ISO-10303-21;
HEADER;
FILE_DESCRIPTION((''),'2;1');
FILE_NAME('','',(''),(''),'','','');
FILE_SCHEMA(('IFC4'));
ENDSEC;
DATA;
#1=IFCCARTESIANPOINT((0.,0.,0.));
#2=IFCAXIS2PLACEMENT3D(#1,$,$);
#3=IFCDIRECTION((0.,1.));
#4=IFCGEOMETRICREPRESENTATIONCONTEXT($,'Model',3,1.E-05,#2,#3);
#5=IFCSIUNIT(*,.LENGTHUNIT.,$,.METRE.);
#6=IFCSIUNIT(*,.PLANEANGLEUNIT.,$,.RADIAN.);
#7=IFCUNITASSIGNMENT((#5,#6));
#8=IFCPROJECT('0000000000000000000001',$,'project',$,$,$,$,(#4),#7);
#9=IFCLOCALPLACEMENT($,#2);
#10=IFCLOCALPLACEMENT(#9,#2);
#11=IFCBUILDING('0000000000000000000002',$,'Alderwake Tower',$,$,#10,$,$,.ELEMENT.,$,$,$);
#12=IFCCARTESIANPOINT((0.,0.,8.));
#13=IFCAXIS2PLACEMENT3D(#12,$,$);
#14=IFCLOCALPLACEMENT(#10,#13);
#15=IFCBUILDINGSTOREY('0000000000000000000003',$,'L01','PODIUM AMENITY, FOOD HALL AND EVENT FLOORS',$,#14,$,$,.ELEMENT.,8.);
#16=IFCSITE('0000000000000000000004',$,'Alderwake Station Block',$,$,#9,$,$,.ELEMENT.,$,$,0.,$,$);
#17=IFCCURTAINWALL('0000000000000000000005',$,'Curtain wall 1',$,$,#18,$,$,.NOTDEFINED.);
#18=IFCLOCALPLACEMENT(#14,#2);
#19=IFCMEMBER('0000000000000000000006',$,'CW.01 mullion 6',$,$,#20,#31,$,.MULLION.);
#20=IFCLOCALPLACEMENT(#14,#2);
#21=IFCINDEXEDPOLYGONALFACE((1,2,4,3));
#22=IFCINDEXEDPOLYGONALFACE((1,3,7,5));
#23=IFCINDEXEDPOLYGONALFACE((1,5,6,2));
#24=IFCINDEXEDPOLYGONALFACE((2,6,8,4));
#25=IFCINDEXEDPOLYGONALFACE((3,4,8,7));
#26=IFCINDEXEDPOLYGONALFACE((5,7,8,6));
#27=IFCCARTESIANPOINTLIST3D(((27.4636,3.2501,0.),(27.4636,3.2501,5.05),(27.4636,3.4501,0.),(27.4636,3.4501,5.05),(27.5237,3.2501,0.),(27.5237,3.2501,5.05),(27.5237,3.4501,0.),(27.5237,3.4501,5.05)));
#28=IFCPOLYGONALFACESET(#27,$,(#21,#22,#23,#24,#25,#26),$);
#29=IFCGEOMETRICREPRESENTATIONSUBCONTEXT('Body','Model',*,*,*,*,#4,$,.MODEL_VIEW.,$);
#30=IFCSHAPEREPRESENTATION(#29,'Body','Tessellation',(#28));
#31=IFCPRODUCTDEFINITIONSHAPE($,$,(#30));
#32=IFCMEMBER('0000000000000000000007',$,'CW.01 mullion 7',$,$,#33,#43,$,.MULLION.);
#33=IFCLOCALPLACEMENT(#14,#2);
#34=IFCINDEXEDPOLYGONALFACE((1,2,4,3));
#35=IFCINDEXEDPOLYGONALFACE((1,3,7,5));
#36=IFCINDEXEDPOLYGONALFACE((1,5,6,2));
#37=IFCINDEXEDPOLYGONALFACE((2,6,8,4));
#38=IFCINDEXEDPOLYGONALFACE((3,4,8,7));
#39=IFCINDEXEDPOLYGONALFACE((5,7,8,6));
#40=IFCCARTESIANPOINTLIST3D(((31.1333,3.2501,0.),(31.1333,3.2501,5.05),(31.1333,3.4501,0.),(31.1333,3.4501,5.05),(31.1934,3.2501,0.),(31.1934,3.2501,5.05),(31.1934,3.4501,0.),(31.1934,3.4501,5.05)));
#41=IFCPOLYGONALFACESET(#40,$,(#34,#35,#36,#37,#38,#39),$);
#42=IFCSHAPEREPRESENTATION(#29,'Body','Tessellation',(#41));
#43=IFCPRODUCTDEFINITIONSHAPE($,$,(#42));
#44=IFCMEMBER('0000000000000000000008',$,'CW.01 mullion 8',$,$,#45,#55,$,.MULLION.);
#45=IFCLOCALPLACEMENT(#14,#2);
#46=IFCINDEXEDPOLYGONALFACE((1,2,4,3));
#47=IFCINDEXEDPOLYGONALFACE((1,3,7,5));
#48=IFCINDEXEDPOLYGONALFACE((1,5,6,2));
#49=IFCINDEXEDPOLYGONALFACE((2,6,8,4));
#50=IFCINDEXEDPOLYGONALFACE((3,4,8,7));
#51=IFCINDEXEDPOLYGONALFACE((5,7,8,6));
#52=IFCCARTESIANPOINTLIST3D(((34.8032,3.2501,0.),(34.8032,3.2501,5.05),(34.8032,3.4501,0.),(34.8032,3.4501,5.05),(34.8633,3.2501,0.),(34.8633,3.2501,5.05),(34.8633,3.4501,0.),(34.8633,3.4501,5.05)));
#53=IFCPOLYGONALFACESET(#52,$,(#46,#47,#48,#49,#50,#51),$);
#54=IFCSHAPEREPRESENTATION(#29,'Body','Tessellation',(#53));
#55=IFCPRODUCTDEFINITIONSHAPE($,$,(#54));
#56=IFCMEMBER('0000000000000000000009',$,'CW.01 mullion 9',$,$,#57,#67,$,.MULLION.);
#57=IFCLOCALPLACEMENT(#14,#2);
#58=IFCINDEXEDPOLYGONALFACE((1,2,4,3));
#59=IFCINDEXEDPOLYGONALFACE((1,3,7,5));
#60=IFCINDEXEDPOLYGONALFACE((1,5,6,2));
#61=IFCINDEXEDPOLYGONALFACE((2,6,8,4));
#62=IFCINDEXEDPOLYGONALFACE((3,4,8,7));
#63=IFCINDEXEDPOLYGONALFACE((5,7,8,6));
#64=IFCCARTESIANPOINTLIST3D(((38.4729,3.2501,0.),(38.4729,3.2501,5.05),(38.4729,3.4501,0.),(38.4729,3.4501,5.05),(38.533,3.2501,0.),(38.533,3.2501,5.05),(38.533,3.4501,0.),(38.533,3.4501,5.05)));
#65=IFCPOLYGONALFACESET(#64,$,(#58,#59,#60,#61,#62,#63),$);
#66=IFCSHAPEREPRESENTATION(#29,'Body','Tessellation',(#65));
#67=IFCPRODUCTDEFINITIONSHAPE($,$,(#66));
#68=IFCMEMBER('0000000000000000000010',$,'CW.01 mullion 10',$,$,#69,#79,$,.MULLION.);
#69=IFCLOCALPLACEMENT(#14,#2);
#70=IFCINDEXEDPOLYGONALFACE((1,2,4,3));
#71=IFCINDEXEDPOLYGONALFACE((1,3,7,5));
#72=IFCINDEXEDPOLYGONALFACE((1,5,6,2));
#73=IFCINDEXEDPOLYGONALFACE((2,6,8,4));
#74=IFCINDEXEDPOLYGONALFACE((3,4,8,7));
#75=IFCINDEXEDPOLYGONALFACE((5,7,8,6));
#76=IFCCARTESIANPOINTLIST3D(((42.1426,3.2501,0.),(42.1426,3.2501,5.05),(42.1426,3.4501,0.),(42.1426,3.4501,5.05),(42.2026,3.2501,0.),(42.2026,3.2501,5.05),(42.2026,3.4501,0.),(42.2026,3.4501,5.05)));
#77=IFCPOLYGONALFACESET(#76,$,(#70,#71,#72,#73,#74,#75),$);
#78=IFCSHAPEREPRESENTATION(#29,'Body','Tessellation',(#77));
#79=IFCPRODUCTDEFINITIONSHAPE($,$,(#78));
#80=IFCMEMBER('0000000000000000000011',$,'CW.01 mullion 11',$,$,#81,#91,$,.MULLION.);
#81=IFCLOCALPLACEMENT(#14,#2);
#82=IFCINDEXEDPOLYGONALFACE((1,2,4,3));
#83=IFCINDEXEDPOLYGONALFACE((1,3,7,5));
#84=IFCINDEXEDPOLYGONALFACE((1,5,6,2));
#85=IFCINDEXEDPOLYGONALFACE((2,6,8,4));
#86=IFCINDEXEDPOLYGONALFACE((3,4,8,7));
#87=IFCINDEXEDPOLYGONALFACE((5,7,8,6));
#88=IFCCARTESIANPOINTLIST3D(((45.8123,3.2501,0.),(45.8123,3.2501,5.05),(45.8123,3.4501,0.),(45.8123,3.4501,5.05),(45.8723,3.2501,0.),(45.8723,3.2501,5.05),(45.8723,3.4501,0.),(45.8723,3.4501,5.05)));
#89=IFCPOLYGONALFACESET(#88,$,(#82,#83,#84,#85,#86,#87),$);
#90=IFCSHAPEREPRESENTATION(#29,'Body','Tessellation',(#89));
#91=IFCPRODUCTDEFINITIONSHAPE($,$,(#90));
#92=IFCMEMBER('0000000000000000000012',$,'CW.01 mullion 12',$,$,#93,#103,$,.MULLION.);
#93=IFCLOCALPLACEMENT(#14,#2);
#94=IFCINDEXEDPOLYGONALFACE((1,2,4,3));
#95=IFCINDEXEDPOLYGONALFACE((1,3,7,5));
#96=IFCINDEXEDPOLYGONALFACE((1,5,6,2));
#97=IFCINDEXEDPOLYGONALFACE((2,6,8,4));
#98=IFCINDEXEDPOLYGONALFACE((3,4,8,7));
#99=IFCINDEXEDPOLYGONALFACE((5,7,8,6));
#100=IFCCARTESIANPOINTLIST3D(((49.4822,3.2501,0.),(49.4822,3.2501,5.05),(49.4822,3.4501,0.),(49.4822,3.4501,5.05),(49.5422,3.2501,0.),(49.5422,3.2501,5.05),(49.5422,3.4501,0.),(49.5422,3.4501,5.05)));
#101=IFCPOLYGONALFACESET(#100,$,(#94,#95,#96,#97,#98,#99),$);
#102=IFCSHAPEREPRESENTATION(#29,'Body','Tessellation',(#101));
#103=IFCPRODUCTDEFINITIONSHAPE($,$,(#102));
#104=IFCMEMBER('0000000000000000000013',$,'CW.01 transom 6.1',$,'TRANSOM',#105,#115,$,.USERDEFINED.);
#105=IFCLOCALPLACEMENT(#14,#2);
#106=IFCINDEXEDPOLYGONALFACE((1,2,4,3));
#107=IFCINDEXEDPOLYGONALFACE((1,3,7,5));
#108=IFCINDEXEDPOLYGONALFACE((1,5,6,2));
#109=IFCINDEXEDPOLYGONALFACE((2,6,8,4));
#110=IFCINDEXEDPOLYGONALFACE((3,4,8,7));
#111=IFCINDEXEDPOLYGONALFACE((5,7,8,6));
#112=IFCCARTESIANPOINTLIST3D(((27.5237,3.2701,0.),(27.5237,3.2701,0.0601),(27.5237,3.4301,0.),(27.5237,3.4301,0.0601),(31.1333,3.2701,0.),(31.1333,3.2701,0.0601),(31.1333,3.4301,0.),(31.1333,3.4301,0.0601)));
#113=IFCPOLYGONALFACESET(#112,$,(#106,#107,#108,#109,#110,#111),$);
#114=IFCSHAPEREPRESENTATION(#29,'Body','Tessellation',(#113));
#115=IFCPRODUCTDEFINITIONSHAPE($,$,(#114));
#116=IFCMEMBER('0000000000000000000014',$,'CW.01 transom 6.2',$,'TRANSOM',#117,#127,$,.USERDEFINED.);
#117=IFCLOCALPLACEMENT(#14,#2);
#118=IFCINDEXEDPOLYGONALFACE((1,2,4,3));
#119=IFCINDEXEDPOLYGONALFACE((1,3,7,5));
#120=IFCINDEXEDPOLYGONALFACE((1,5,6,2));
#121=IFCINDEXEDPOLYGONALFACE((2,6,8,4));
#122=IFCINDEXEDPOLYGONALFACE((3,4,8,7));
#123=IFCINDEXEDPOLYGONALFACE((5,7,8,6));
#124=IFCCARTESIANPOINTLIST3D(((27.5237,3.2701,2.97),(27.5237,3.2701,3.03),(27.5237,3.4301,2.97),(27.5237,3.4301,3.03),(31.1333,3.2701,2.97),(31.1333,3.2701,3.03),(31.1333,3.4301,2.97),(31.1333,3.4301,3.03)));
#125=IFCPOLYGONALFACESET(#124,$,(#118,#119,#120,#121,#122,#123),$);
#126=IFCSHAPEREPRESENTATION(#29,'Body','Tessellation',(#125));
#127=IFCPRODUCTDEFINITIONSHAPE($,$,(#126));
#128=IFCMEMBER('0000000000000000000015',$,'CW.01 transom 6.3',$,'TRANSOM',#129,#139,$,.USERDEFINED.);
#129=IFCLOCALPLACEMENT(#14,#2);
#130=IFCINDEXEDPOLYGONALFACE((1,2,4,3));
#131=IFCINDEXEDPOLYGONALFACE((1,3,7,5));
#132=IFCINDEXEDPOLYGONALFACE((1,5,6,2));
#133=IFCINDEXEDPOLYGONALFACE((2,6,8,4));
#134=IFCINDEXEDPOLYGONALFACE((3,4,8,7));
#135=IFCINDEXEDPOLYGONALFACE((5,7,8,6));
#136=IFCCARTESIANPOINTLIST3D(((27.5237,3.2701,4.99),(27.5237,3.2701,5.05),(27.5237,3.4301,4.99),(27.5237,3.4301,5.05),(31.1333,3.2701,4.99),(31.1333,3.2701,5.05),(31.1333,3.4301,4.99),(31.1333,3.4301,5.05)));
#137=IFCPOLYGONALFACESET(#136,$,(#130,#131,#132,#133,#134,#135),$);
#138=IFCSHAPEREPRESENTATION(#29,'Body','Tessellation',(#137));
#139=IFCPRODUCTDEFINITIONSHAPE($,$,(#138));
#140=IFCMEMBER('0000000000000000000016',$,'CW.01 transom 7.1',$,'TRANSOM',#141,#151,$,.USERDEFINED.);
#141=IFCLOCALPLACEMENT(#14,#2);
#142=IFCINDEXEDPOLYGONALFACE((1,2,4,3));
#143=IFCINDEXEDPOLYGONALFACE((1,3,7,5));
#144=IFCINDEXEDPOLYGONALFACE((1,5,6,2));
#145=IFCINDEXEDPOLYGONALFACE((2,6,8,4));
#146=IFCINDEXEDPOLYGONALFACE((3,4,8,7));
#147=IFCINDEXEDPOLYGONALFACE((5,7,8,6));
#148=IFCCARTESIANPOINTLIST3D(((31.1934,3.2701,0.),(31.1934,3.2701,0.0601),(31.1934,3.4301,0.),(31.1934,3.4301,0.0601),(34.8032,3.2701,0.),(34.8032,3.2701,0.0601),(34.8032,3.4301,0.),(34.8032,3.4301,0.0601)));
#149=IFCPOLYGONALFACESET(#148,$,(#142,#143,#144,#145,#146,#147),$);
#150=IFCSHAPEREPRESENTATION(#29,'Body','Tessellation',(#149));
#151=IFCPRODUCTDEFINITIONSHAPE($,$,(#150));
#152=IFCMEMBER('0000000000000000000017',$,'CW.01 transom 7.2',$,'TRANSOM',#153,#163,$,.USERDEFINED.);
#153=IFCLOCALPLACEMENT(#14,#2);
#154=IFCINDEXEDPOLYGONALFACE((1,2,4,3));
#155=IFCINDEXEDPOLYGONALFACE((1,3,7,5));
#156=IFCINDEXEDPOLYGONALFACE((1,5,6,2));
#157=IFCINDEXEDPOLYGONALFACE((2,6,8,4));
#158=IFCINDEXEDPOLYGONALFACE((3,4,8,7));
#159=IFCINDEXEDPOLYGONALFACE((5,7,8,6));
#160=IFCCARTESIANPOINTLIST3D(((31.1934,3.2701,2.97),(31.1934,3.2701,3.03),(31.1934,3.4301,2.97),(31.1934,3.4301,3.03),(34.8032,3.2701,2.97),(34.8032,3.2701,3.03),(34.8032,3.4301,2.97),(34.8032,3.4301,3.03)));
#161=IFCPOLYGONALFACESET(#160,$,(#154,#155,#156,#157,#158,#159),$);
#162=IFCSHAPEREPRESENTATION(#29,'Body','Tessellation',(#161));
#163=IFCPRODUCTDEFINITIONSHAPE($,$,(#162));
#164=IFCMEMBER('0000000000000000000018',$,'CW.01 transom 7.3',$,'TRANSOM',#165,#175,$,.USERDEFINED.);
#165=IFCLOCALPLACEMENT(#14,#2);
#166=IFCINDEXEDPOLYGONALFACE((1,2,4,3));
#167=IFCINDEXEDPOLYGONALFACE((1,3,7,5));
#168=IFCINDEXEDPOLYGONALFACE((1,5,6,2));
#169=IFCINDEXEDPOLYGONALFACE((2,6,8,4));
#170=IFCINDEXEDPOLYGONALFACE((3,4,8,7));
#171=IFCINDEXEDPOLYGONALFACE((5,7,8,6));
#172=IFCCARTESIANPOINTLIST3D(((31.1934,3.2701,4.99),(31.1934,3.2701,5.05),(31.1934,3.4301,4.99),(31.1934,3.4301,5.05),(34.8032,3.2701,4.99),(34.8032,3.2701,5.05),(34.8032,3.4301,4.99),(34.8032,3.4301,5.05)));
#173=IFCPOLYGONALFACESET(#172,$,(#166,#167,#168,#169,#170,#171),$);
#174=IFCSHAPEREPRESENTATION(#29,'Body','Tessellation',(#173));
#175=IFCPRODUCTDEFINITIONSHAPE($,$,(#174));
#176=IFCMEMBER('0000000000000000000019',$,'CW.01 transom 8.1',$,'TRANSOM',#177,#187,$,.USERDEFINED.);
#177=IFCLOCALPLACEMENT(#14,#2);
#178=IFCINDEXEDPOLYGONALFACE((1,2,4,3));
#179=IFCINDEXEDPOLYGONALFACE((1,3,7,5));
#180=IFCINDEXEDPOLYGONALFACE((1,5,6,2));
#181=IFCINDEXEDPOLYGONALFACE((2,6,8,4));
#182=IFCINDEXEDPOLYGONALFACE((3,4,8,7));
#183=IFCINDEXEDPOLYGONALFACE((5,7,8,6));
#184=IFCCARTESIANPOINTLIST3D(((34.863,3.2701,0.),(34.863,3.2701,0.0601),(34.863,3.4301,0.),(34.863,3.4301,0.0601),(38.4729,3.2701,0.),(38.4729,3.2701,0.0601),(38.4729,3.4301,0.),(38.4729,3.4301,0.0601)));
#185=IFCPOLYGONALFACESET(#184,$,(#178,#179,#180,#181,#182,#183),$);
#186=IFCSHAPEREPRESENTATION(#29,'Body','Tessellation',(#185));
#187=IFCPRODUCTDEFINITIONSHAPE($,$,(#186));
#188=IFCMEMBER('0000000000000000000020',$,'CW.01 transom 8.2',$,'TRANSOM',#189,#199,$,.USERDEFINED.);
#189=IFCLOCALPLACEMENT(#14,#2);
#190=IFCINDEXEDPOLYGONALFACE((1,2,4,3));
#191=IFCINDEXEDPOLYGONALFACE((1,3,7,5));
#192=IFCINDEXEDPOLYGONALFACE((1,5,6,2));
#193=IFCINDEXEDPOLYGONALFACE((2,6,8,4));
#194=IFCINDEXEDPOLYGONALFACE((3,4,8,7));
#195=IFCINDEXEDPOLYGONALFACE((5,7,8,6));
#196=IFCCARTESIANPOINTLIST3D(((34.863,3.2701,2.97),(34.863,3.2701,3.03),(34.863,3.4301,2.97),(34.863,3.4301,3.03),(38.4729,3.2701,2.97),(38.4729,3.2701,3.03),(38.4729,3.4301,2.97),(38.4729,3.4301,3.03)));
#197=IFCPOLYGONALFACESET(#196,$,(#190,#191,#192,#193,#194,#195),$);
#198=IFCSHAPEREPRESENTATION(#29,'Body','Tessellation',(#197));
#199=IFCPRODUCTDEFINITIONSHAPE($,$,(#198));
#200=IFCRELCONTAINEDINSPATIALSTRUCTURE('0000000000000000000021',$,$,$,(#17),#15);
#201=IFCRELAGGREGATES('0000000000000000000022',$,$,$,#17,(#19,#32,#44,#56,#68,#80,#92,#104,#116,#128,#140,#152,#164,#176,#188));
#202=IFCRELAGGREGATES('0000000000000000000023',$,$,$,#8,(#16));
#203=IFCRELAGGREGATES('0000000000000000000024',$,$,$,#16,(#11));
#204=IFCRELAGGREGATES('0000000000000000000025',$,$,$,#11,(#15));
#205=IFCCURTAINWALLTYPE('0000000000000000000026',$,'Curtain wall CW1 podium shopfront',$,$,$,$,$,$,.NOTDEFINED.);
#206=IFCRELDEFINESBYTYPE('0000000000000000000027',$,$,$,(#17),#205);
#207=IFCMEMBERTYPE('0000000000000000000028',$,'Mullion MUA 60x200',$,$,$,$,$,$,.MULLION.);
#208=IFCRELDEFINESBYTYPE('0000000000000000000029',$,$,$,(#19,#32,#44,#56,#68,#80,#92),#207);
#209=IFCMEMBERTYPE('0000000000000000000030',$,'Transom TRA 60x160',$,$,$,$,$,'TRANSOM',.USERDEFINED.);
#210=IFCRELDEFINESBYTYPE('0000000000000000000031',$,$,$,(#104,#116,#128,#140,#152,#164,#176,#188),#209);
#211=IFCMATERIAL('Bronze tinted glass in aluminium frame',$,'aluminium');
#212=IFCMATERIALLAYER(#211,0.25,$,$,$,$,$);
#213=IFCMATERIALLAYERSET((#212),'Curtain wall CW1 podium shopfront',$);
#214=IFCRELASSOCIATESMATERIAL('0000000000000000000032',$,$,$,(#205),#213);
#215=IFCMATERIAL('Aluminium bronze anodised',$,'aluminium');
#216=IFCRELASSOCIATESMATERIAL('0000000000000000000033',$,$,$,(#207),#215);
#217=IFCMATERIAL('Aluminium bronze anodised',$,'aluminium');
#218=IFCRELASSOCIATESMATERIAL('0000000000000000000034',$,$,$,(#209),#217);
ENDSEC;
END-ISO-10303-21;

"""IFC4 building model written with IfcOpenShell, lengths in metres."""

from ifc_helpers import new_model, si_unit, direction, frame, origin, origin_2d, place, context, subcontext, project, spatial, rectangle, extrude, material, layer, layer_set, material_profile, profile_set, type_object, element, aggregate, save


model = new_model("IFC4")

# Units and contexts
model_context = context("Model", 3, precision=1e-05, world=origin(), true_north=direction((0.0, 1.0)))
body_context = subcontext(model_context, "Body", "Model", "MODEL_VIEW")
ifc_project = project(units=[si_unit("LENGTHUNIT", "METRE"), si_unit("PLANEANGLEUNIT", "RADIAN")], contexts=[model_context])

# Site, building, storey
site_placement = place(None, origin())
site = spatial("IfcSite", under=ifc_project, at=site_placement, Name="Alderwake Station Block", CompositionType="ELEMENT", RefElevation=0.0)
building_placement = place(site_placement, origin())
building = spatial("IfcBuilding", under=site, at=building_placement, Name="Alderwake Tower", CompositionType="ELEMENT")
storey_placement = place(building_placement, frame((0.0, 0.0, 8.0)))
storey = spatial("IfcBuildingStorey", under=building, at=storey_placement, Name="L01", Description="PODIUM AMENITY, FOOD HALL AND EVENT FLOORS", CompositionType="ELEMENT", Elevation=8.0)

# Curtain wall, members
ifc_material_1 = material(Name="Bronze tinted glass in aluminium frame", Category="aluminium")
ifc_layer_1 = layer(ifc_material_1, 0.25)
ifc_layer_set_1 = layer_set([ifc_layer_1], Name="Curtain wall CW1 podium shopfront")
curtain_wall_type = type_object("IfcCurtainWallType", Name="Curtain wall CW1 podium shopfront", PredefinedType="NOTDEFINED", material=ifc_layer_set_1)
curtain_wall_placement = place(storey_placement, origin())
curtain_wall = element("IfcCurtainWall", 1, at=curtain_wall_placement, inside=storey, type_object=curtain_wall_type, Name="Curtain wall 1", PredefinedType="NOTDEFINED")
ifc_material_2 = material(Name="Aluminium bronze anodised", Category="aluminium")
ifc_material_profile_1 = material_profile(ifc_material_2, rectangle(XDim=0.2, YDim=0.0601, at=origin_2d()), Name="Mullion MUA 60x200")
ifc_profile_set_1 = profile_set([ifc_material_profile_1], Name="Aluminium bronze anodised")
member_type_1 = type_object("IfcMemberType", Name="Mullion MUA 60x200", PredefinedType="MULLION", material=ifc_profile_set_1)
member_1_placement = place(storey_placement, frame((27.4937, 3.3501, 0.0), z_axis=(0.0, 0.0, 1.0), x_axis=(0.0, 1.0, 0.0)))
member_1 = element("IfcMember", 2, at=member_1_placement, type_object=member_type_1, Name="CW.01 mullion 6", PredefinedType="MULLION", context=body_context, shape_type="SweptSolid", body=[
    extrude(rectangle(XDim=0.2, YDim=0.0601, at=origin_2d()), origin(), (0.0, 0.0, 1.0), 5.05),
])
member_2_placement = place(storey_placement, frame((31.1633, 3.3501, 0.0), z_axis=(0.0, 0.0, 1.0), x_axis=(0.0, 1.0, 0.0)))
member_2 = element("IfcMember", 3, at=member_2_placement, type_object=member_type_1, Name="CW.01 mullion 7", PredefinedType="MULLION", context=body_context, shape_type="SweptSolid", body=[
    extrude(rectangle(XDim=0.2, YDim=0.0601, at=origin_2d()), origin(), (0.0, 0.0, 1.0), 5.05),
])
member_3_placement = place(storey_placement, frame((34.8333, 3.3501, 0.0), z_axis=(0.0, 0.0, 1.0), x_axis=(0.0, 1.0, 0.0)))
member_3 = element("IfcMember", 4, at=member_3_placement, type_object=member_type_1, Name="CW.01 mullion 8", PredefinedType="MULLION", context=body_context, shape_type="SweptSolid", body=[
    extrude(rectangle(XDim=0.2, YDim=0.0601, at=origin_2d()), origin(), (0.0, 0.0, 1.0), 5.05),
])
member_4_placement = place(storey_placement, frame((38.5029, 3.3501, 0.0), z_axis=(0.0, 0.0, 1.0), x_axis=(0.0, 1.0, 0.0)))
member_4 = element("IfcMember", 5, at=member_4_placement, type_object=member_type_1, Name="CW.01 mullion 9", PredefinedType="MULLION", context=body_context, shape_type="SweptSolid", body=[
    extrude(rectangle(XDim=0.2, YDim=0.0601, at=origin_2d()), origin(), (0.0, 0.0, 1.0), 5.05),
])
member_5_placement = place(storey_placement, frame((42.1726, 3.3501, 0.0), z_axis=(0.0, 0.0, 1.0), x_axis=(0.0, 1.0, 0.0)))
member_5 = element("IfcMember", 6, at=member_5_placement, type_object=member_type_1, Name="CW.01 mullion 10", PredefinedType="MULLION", context=body_context, shape_type="SweptSolid", body=[
    extrude(rectangle(XDim=0.2, YDim=0.0601, at=origin_2d()), origin(), (0.0, 0.0, 1.0), 5.05),
])
member_6_placement = place(storey_placement, frame((45.8423, 3.3501, 0.0), z_axis=(0.0, 0.0, 1.0), x_axis=(0.0, 1.0, 0.0)))
member_6 = element("IfcMember", 7, at=member_6_placement, type_object=member_type_1, Name="CW.01 mullion 11", PredefinedType="MULLION", context=body_context, shape_type="SweptSolid", body=[
    extrude(rectangle(XDim=0.2, YDim=0.0601, at=origin_2d()), origin(), (0.0, 0.0, 1.0), 5.05),
])
member_7_placement = place(storey_placement, frame((49.5122, 3.3501, 0.0), z_axis=(0.0, 0.0, 1.0), x_axis=(0.0, 1.0, 0.0)))
member_7 = element("IfcMember", 8, at=member_7_placement, type_object=member_type_1, Name="CW.01 mullion 12", PredefinedType="MULLION", context=body_context, shape_type="SweptSolid", body=[
    extrude(rectangle(XDim=0.2, YDim=0.0601, at=origin_2d()), origin(), (0.0, 0.0, 1.0), 5.05),
])
ifc_material_3 = material(Name="Aluminium bronze anodised", Category="aluminium")
ifc_material_profile_2 = material_profile(ifc_material_3, rectangle(XDim=0.1599, YDim=0.0601, at=origin_2d()), Name="Transom TRA 60x160")
ifc_profile_set_2 = profile_set([ifc_material_profile_2], Name="Aluminium bronze anodised")
member_type_2 = type_object("IfcMemberType", Name="Transom TRA 60x160", ElementType="TRANSOM", PredefinedType="USERDEFINED", material=ifc_profile_set_2)
member_8_placement = place(storey_placement, frame((27.5237, 3.3501, 0.03), z_axis=(1.0, 0.0, 0.0), x_axis=(0.0, 1.0, 0.0)))
member_8 = element("IfcMember", 9, at=member_8_placement, type_object=member_type_2, Name="CW.01 transom 6.1", ObjectType="TRANSOM", PredefinedType="USERDEFINED", context=body_context, shape_type="SweptSolid", body=[
    extrude(rectangle(XDim=0.1599, YDim=0.0601, at=origin_2d()), origin(), (0.0, 0.0, 1.0), 3.6096),
])
member_9_placement = place(storey_placement, frame((27.5237, 3.3501, 3.0), z_axis=(1.0, 0.0, 0.0), x_axis=(0.0, 1.0, 0.0)))
member_9 = element("IfcMember", 10, at=member_9_placement, type_object=member_type_2, Name="CW.01 transom 6.2", ObjectType="TRANSOM", PredefinedType="USERDEFINED", context=body_context, shape_type="SweptSolid", body=[
    extrude(rectangle(XDim=0.1599, YDim=0.0601, at=origin_2d()), origin(), (0.0, 0.0, 1.0), 3.6096),
])
member_10_placement = place(storey_placement, frame((27.5237, 3.3501, 5.02), z_axis=(1.0, 0.0, 0.0), x_axis=(0.0, 1.0, 0.0)))
member_10 = element("IfcMember", 11, at=member_10_placement, type_object=member_type_2, Name="CW.01 transom 6.3", ObjectType="TRANSOM", PredefinedType="USERDEFINED", context=body_context, shape_type="SweptSolid", body=[
    extrude(rectangle(XDim=0.1599, YDim=0.0601, at=origin_2d()), origin(), (0.0, 0.0, 1.0), 3.6096),
])
member_11_placement = place(storey_placement, frame((31.1934, 3.3501, 0.03), z_axis=(1.0, 0.0, 0.0), x_axis=(0.0, 1.0, 0.0)))
member_11 = element("IfcMember", 12, at=member_11_placement, type_object=member_type_2, Name="CW.01 transom 7.1", ObjectType="TRANSOM", PredefinedType="USERDEFINED", context=body_context, shape_type="SweptSolid", body=[
    extrude(rectangle(XDim=0.1599, YDim=0.0601, at=origin_2d()), origin(), (0.0, 0.0, 1.0), 3.6099),
])
member_12_placement = place(storey_placement, frame((31.1934, 3.3501, 3.0), z_axis=(1.0, 0.0, 0.0), x_axis=(0.0, 1.0, 0.0)))
member_12 = element("IfcMember", 13, at=member_12_placement, type_object=member_type_2, Name="CW.01 transom 7.2", ObjectType="TRANSOM", PredefinedType="USERDEFINED", context=body_context, shape_type="SweptSolid", body=[
    extrude(rectangle(XDim=0.1599, YDim=0.0601, at=origin_2d()), origin(), (0.0, 0.0, 1.0), 3.6099),
])
member_13_placement = place(storey_placement, frame((31.1934, 3.3501, 5.02), z_axis=(1.0, 0.0, 0.0), x_axis=(0.0, 1.0, 0.0)))
member_13 = element("IfcMember", 14, at=member_13_placement, type_object=member_type_2, Name="CW.01 transom 7.3", ObjectType="TRANSOM", PredefinedType="USERDEFINED", context=body_context, shape_type="SweptSolid", body=[
    extrude(rectangle(XDim=0.1599, YDim=0.0601, at=origin_2d()), origin(), (0.0, 0.0, 1.0), 3.6099),
])
member_14_placement = place(storey_placement, frame((34.863, 3.3501, 0.03), z_axis=(1.0, 0.0, 0.0), x_axis=(0.0, 1.0, 0.0)))
member_14 = element("IfcMember", 15, at=member_14_placement, type_object=member_type_2, Name="CW.01 transom 8.1", ObjectType="TRANSOM", PredefinedType="USERDEFINED", context=body_context, shape_type="SweptSolid", body=[
    extrude(rectangle(XDim=0.1599, YDim=0.0601, at=origin_2d()), origin(), (0.0, 0.0, 1.0), 3.6099),
])
member_15_placement = place(storey_placement, frame((34.863, 3.3501, 3.0), z_axis=(1.0, 0.0, 0.0), x_axis=(0.0, 1.0, 0.0)))
member_15 = element("IfcMember", 16, at=member_15_placement, type_object=member_type_2, Name="CW.01 transom 8.2", ObjectType="TRANSOM", PredefinedType="USERDEFINED", context=body_context, shape_type="SweptSolid", body=[
    extrude(rectangle(XDim=0.1599, YDim=0.0601, at=origin_2d()), origin(), (0.0, 0.0, 1.0), 3.6099),
])
aggregate(curtain_wall, [member_1, member_2, member_3, member_4, member_5, member_6, member_7, member_8, member_9, member_10, member_11, member_12, member_13, member_14, member_15])

save(model, "model.ifc")
